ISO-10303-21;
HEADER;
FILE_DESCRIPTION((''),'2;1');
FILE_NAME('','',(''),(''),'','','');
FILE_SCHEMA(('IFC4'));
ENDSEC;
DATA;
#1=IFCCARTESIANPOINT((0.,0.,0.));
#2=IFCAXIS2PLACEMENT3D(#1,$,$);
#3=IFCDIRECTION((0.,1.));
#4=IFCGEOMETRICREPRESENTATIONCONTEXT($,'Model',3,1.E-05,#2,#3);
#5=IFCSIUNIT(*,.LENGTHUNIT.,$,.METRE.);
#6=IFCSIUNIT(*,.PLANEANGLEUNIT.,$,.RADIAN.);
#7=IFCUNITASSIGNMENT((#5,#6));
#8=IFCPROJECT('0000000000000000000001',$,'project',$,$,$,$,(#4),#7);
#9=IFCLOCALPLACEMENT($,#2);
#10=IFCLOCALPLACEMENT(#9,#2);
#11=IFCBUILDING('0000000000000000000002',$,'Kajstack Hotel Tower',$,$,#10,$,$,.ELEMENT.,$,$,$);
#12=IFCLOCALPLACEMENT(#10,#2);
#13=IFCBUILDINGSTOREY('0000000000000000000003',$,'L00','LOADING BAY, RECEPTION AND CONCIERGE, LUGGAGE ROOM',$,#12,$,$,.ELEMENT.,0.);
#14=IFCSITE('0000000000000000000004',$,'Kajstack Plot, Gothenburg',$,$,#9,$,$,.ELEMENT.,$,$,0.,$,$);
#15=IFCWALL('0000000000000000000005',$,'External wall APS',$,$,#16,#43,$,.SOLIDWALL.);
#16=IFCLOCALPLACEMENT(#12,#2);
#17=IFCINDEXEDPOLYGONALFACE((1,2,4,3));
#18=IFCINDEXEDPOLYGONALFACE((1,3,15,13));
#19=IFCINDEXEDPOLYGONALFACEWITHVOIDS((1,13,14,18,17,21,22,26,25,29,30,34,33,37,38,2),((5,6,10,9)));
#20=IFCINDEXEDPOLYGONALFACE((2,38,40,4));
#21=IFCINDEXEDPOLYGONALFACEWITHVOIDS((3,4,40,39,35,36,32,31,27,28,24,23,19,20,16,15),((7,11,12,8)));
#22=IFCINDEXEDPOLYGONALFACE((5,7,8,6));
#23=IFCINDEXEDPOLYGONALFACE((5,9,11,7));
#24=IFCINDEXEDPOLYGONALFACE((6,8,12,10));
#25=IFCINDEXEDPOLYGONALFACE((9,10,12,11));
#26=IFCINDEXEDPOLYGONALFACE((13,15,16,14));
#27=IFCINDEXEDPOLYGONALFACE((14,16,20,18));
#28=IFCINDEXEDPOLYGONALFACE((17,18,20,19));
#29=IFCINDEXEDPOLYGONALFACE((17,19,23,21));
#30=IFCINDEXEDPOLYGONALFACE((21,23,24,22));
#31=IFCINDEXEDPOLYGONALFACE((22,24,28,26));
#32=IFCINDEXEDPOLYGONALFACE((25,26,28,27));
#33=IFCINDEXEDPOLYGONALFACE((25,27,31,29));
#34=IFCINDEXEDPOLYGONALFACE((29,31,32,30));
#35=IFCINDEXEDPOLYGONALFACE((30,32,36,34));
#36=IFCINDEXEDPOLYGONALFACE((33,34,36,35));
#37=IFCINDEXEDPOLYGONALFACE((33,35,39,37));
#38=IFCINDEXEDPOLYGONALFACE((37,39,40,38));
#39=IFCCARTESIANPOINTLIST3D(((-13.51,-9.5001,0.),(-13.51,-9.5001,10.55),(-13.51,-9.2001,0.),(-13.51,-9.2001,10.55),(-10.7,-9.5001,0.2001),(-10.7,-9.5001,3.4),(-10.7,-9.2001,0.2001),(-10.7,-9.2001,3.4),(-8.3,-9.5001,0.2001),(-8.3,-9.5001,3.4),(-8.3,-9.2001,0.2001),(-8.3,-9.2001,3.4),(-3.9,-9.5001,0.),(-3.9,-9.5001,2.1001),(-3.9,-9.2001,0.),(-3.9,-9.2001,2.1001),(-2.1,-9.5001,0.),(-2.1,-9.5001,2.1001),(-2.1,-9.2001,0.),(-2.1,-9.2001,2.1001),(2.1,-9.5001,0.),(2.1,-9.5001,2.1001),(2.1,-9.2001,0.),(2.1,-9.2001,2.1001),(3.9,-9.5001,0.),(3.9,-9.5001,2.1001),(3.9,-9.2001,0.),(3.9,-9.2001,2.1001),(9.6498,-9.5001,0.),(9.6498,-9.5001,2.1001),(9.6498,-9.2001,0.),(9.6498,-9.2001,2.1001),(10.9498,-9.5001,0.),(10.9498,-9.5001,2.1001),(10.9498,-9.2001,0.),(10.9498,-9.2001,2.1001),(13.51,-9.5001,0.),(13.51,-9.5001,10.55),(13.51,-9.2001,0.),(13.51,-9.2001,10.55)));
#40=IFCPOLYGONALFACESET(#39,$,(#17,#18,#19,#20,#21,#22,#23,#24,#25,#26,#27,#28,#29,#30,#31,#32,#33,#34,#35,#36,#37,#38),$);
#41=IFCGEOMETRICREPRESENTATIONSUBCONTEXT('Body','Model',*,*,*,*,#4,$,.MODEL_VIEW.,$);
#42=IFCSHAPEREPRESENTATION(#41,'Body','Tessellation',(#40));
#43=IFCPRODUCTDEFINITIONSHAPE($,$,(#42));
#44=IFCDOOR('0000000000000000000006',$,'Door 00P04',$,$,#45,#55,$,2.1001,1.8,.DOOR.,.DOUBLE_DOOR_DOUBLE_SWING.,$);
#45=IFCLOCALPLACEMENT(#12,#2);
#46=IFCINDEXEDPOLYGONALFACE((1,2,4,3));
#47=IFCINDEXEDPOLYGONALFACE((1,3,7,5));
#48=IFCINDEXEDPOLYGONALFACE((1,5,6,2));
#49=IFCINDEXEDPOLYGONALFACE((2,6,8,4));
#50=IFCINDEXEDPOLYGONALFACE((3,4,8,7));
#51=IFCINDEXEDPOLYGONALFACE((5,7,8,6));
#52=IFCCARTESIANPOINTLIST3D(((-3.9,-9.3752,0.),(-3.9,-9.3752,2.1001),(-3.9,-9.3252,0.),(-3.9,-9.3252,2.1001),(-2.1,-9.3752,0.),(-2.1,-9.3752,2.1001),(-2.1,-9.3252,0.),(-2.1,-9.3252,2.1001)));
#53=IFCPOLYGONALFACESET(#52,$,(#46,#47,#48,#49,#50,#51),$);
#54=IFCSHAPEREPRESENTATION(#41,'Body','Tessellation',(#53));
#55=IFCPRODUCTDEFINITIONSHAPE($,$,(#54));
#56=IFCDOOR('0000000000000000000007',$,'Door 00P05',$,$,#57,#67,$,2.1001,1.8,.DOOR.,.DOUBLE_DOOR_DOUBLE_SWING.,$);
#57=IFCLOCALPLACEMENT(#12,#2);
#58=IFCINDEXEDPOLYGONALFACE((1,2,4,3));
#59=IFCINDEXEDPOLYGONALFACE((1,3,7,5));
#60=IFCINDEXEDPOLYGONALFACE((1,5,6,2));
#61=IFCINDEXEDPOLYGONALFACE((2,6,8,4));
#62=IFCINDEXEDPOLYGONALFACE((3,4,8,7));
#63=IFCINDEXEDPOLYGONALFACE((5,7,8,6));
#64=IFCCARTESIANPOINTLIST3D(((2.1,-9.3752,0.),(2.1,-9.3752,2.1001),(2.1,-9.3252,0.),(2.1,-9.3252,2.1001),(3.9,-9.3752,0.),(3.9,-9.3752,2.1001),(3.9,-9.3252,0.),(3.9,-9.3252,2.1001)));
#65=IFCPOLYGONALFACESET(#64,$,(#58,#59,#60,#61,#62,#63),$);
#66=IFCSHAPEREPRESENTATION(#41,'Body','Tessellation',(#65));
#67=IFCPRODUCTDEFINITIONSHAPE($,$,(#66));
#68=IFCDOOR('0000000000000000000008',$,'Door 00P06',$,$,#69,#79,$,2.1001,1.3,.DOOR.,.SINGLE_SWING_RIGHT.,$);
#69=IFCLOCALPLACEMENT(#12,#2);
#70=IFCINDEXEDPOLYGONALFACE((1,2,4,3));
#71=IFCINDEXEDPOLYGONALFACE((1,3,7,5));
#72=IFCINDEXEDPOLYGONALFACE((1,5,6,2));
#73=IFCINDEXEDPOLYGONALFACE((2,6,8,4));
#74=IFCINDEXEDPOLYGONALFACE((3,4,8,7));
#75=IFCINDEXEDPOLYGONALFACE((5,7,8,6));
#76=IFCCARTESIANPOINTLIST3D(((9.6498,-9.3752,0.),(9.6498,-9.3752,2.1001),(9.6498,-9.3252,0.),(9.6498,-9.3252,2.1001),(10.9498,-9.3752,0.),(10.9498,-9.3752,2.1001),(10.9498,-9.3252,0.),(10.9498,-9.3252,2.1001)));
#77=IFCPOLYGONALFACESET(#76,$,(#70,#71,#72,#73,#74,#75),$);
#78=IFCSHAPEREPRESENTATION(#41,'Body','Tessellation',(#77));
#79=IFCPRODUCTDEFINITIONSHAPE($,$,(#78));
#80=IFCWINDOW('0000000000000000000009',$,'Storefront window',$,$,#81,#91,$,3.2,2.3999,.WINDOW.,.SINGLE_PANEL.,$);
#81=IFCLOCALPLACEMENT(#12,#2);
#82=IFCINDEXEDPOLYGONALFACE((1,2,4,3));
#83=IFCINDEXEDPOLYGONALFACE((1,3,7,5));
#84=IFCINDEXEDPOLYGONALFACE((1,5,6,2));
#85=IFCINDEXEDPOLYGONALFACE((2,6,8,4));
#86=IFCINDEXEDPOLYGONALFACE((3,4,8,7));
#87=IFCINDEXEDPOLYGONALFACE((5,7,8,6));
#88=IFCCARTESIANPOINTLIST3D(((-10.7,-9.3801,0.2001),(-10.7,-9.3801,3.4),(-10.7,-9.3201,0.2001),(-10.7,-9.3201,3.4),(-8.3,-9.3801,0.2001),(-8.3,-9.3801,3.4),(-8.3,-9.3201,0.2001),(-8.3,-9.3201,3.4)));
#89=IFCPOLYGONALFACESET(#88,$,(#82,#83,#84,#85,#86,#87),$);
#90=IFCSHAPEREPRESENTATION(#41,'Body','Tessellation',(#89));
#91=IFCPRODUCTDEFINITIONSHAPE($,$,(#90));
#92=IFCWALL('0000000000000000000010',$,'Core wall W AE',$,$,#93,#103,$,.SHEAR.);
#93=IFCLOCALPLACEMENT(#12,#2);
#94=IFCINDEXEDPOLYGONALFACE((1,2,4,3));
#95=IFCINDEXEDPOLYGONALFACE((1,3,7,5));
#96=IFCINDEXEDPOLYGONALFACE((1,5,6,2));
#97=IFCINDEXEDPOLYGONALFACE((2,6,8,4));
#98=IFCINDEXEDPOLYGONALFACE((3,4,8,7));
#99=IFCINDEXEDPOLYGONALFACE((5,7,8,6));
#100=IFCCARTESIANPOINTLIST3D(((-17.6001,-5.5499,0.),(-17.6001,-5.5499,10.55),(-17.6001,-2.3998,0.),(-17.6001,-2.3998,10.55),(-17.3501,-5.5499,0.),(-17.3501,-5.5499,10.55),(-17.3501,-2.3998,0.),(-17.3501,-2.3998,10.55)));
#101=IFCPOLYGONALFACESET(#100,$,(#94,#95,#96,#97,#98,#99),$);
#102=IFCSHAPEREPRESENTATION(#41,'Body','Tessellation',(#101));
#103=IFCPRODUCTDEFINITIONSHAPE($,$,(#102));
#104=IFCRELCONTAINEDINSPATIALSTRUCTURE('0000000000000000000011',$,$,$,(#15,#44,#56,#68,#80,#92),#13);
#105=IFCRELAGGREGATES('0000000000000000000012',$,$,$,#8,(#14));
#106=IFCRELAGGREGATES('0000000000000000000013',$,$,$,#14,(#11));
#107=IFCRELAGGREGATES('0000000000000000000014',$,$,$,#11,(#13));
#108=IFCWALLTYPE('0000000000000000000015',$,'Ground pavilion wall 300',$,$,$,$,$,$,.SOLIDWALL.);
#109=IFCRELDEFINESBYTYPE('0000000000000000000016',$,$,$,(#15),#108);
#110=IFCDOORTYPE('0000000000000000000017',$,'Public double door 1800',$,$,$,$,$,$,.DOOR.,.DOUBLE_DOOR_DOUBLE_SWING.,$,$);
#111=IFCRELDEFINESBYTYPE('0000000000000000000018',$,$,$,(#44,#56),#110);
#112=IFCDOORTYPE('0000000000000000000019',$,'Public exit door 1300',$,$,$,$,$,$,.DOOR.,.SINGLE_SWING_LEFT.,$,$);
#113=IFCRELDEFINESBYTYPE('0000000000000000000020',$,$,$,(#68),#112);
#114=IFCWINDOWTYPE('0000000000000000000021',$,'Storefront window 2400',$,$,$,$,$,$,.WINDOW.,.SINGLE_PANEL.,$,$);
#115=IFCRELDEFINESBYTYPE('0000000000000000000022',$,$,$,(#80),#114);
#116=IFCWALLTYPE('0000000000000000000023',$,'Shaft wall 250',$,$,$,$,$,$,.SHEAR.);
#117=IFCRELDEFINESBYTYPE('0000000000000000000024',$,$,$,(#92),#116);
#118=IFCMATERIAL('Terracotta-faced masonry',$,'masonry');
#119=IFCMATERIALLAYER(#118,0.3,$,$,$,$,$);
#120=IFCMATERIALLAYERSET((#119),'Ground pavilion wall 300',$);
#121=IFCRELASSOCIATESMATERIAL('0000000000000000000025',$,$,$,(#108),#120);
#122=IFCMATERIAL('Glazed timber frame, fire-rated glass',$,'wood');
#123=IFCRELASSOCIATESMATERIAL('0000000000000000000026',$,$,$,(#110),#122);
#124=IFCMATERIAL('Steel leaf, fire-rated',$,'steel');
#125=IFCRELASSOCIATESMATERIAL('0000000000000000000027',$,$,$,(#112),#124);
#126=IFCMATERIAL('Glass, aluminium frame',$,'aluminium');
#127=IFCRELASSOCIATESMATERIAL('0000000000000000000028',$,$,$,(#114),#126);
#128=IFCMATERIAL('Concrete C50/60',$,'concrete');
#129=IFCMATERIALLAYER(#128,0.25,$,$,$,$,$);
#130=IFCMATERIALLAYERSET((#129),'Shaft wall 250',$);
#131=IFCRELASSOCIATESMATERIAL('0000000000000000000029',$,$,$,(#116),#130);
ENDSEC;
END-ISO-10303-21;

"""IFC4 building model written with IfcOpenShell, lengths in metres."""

from ifc_helpers import new_model, si_unit, direction, frame, frame_2d, origin, place, context, subcontext, project, spatial, rectangle, extrude, material, layer, layer_set, type_object, element, fill, save


model = new_model("IFC4")

# Units and contexts
model_context = context("Model", 3, precision=1e-05, world=origin(), true_north=direction((0.0, 1.0)))
body_context = subcontext(model_context, "Body", "Model", "MODEL_VIEW")
ifc_project = project(units=[si_unit("LENGTHUNIT", "METRE"), si_unit("PLANEANGLEUNIT", "RADIAN")], contexts=[model_context])

# Site, building, storey
site_placement = place(None, origin())
site = spatial("IfcSite", under=ifc_project, at=site_placement, Name="Kajstack Plot, Gothenburg", CompositionType="ELEMENT", RefElevation=0.0)
building_placement = place(site_placement, origin())
building = spatial("IfcBuilding", under=site, at=building_placement, Name="Kajstack Hotel Tower", CompositionType="ELEMENT")
storey_placement = place(building_placement, origin())
storey = spatial("IfcBuildingStorey", under=building, at=storey_placement, Name="L00", Description="LOADING BAY, RECEPTION AND CONCIERGE, LUGGAGE ROOM", CompositionType="ELEMENT", Elevation=0.0)

# Wall, openings, doors, window
ifc_material_1 = material(Name="Terracotta-faced masonry", Category="masonry")
ifc_layer_1 = layer(ifc_material_1, 0.3)
ifc_layer_set_1 = layer_set([ifc_layer_1], Name="Ground pavilion wall 300")
wall_type_1 = type_object("IfcWallType", Name="Ground pavilion wall 300", PredefinedType="SOLIDWALL", material=ifc_layer_set_1)
wall_1_placement = place(storey_placement, frame((-13.51, -9.3501, 0.0), z_axis=(0.0, 0.0, 1.0), x_axis=(1.0, 0.0, 0.0)))
wall_1 = element("IfcWall", 1, at=wall_1_placement, inside=storey, type_object=wall_type_1, Name="External wall APS", PredefinedType="SOLIDWALL", context=body_context, shape_type="SweptSolid", body=[
    extrude(rectangle(XDim=27.02, YDim=0.3, at=frame_2d((13.51, 0.0))), origin(), (0.0, 0.0, 1.0), 10.55),
])
opening_1_placement = place(wall_1_placement, frame((9.6101, 0.0, 0.0)))
opening_1 = element("IfcOpeningElement", 2, at=opening_1_placement, cuts=wall_1, PredefinedType="OPENING", context=body_context, shape_type="SweptSolid", body=[
    extrude(rectangle(XDim=1.8, YDim=2.1001, at=frame_2d((0.8999, 1.05))), frame((0.0, 0.1599, 0.0), z_axis=(0.0, -1.0, 0.0), x_axis=(1.0, 0.0, 0.0)), (0.0, 0.0, 1.0), 0.3201),
])
opening_2_placement = place(wall_1_placement, frame((15.6101, 0.0, 0.0)))
opening_2 = element("IfcOpeningElement", 3, at=opening_2_placement, cuts=wall_1, PredefinedType="OPENING", context=body_context, shape_type="SweptSolid", body=[
    extrude(rectangle(XDim=1.8, YDim=2.1001, at=frame_2d((0.8999, 1.05))), frame((0.0, 0.1599, 0.0), z_axis=(0.0, -1.0, 0.0), x_axis=(1.0, 0.0, 0.0)), (0.0, 0.0, 1.0), 0.3201),
])
opening_3_placement = place(wall_1_placement, frame((23.1599, 0.0, 0.0)))
opening_3 = element("IfcOpeningElement", 4, at=opening_3_placement, cuts=wall_1, PredefinedType="OPENING", context=body_context, shape_type="SweptSolid", body=[
    extrude(rectangle(XDim=1.3, YDim=2.1001, at=frame_2d((0.6499, 1.05))), frame((0.0, 0.1599, 0.0), z_axis=(0.0, -1.0, 0.0), x_axis=(1.0, 0.0, 0.0)), (0.0, 0.0, 1.0), 0.3201),
])
opening_4_placement = place(wall_1_placement, frame((2.8101, 0.0, 0.2)))
opening_4 = element("IfcOpeningElement", 5, at=opening_4_placement, cuts=wall_1, PredefinedType="OPENING", context=body_context, shape_type="SweptSolid", body=[
    extrude(rectangle(XDim=2.3999, YDim=3.2, at=frame_2d((1.2, 1.6001))), frame((0.0, 0.1599, 0.0), z_axis=(0.0, -1.0, 0.0), x_axis=(1.0, 0.0, 0.0)), (0.0, 0.0, 1.0), 0.3201),
])
ifc_material_2 = material(Name="Glazed timber frame, fire-rated glass", Category="wood")
door_type_1 = type_object("IfcDoorType", Name="Public double door 1800", OperationType="DOUBLE_DOOR_DOUBLE_SWING", PredefinedType="DOOR", material=ifc_material_2)
door_1_placement = place(opening_1_placement, origin())
door_1 = element("IfcDoor", 6, at=door_1_placement, inside=storey, type_object=door_type_1, Name="Door 00P04", OperationType="DOUBLE_DOOR_DOUBLE_SWING", OverallHeight=2.1001, OverallWidth=1.8, PredefinedType="DOOR", context=body_context, shape_type="SweptSolid", body=[
    extrude(rectangle(XDim=1.8, YDim=2.1001, at=frame_2d((0.8999, 1.05))), frame((0.0, 0.0249, 0.0), z_axis=(0.0, -1.0, 0.0), x_axis=(1.0, 0.0, 0.0)), (0.0, 0.0, 1.0), 0.05),
])
fill(opening_1, door_1)
door_2_placement = place(opening_2_placement, origin())
door_2 = element("IfcDoor", 7, at=door_2_placement, inside=storey, type_object=door_type_1, Name="Door 00P05", OperationType="DOUBLE_DOOR_DOUBLE_SWING", OverallHeight=2.1001, OverallWidth=1.8, PredefinedType="DOOR", context=body_context, shape_type="SweptSolid", body=[
    extrude(rectangle(XDim=1.8, YDim=2.1001, at=frame_2d((0.8999, 1.05))), frame((0.0, 0.0249, 0.0), z_axis=(0.0, -1.0, 0.0), x_axis=(1.0, 0.0, 0.0)), (0.0, 0.0, 1.0), 0.05),
])
fill(opening_2, door_2)
ifc_material_3 = material(Name="Steel leaf, fire-rated", Category="steel")
door_type_2 = type_object("IfcDoorType", Name="Public exit door 1300", OperationType="SINGLE_SWING_LEFT", PredefinedType="DOOR", material=ifc_material_3)
door_3_placement = place(opening_3_placement, origin())
door_3 = element("IfcDoor", 8, at=door_3_placement, inside=storey, type_object=door_type_2, Name="Door 00P06", OperationType="SINGLE_SWING_RIGHT", OverallHeight=2.1001, OverallWidth=1.3, PredefinedType="DOOR", context=body_context, shape_type="SweptSolid", body=[
    extrude(rectangle(XDim=1.3, YDim=2.1001, at=frame_2d((0.6499, 1.05))), frame((0.0, 0.0249, 0.0), z_axis=(0.0, -1.0, 0.0), x_axis=(1.0, 0.0, 0.0)), (0.0, 0.0, 1.0), 0.05),
])
fill(opening_3, door_3)
ifc_material_4 = material(Name="Glass, aluminium frame", Category="aluminium")
window_type = type_object("IfcWindowType", Name="Storefront window 2400", PartitioningType="SINGLE_PANEL", PredefinedType="WINDOW", material=ifc_material_4)
window_placement = place(opening_4_placement, origin())
window = element("IfcWindow", 9, at=window_placement, inside=storey, type_object=window_type, Name="Storefront window", OverallHeight=3.2, OverallWidth=2.3999, PartitioningType="SINGLE_PANEL", PredefinedType="WINDOW", context=body_context, shape_type="SweptSolid", body=[
    extrude(rectangle(XDim=2.3999, YDim=3.2, at=frame_2d((1.2, 1.6001))), frame((0.0, 0.03, 0.0), z_axis=(0.0, -1.0, 0.0), x_axis=(1.0, 0.0, 0.0)), (0.0, 0.0, 1.0), 0.0601),
])
fill(opening_4, window)

# Wall
ifc_material_5 = material(Name="Concrete C50/60", Category="concrete")
ifc_layer_2 = layer(ifc_material_5, 0.25)
ifc_layer_set_2 = layer_set([ifc_layer_2], Name="Shaft wall 250")
wall_type_2 = type_object("IfcWallType", Name="Shaft wall 250", PredefinedType="SHEAR", material=ifc_layer_set_2)
wall_2_placement = place(storey_placement, frame((-17.4751, -5.55, 0.0), z_axis=(0.0, 0.0, 1.0), x_axis=(0.0, 1.0, 0.0)))
element("IfcWall", 10, at=wall_2_placement, inside=storey, type_object=wall_type_2, Name="Core wall W AE", PredefinedType="SHEAR", context=body_context, shape_type="SweptSolid", body=[
    extrude(rectangle(XDim=3.1501, YDim=0.25, at=frame_2d((1.5752, 0.0))), origin(), (0.0, 0.0, 1.0), 10.55),
])

save(model, "model.ifc")
